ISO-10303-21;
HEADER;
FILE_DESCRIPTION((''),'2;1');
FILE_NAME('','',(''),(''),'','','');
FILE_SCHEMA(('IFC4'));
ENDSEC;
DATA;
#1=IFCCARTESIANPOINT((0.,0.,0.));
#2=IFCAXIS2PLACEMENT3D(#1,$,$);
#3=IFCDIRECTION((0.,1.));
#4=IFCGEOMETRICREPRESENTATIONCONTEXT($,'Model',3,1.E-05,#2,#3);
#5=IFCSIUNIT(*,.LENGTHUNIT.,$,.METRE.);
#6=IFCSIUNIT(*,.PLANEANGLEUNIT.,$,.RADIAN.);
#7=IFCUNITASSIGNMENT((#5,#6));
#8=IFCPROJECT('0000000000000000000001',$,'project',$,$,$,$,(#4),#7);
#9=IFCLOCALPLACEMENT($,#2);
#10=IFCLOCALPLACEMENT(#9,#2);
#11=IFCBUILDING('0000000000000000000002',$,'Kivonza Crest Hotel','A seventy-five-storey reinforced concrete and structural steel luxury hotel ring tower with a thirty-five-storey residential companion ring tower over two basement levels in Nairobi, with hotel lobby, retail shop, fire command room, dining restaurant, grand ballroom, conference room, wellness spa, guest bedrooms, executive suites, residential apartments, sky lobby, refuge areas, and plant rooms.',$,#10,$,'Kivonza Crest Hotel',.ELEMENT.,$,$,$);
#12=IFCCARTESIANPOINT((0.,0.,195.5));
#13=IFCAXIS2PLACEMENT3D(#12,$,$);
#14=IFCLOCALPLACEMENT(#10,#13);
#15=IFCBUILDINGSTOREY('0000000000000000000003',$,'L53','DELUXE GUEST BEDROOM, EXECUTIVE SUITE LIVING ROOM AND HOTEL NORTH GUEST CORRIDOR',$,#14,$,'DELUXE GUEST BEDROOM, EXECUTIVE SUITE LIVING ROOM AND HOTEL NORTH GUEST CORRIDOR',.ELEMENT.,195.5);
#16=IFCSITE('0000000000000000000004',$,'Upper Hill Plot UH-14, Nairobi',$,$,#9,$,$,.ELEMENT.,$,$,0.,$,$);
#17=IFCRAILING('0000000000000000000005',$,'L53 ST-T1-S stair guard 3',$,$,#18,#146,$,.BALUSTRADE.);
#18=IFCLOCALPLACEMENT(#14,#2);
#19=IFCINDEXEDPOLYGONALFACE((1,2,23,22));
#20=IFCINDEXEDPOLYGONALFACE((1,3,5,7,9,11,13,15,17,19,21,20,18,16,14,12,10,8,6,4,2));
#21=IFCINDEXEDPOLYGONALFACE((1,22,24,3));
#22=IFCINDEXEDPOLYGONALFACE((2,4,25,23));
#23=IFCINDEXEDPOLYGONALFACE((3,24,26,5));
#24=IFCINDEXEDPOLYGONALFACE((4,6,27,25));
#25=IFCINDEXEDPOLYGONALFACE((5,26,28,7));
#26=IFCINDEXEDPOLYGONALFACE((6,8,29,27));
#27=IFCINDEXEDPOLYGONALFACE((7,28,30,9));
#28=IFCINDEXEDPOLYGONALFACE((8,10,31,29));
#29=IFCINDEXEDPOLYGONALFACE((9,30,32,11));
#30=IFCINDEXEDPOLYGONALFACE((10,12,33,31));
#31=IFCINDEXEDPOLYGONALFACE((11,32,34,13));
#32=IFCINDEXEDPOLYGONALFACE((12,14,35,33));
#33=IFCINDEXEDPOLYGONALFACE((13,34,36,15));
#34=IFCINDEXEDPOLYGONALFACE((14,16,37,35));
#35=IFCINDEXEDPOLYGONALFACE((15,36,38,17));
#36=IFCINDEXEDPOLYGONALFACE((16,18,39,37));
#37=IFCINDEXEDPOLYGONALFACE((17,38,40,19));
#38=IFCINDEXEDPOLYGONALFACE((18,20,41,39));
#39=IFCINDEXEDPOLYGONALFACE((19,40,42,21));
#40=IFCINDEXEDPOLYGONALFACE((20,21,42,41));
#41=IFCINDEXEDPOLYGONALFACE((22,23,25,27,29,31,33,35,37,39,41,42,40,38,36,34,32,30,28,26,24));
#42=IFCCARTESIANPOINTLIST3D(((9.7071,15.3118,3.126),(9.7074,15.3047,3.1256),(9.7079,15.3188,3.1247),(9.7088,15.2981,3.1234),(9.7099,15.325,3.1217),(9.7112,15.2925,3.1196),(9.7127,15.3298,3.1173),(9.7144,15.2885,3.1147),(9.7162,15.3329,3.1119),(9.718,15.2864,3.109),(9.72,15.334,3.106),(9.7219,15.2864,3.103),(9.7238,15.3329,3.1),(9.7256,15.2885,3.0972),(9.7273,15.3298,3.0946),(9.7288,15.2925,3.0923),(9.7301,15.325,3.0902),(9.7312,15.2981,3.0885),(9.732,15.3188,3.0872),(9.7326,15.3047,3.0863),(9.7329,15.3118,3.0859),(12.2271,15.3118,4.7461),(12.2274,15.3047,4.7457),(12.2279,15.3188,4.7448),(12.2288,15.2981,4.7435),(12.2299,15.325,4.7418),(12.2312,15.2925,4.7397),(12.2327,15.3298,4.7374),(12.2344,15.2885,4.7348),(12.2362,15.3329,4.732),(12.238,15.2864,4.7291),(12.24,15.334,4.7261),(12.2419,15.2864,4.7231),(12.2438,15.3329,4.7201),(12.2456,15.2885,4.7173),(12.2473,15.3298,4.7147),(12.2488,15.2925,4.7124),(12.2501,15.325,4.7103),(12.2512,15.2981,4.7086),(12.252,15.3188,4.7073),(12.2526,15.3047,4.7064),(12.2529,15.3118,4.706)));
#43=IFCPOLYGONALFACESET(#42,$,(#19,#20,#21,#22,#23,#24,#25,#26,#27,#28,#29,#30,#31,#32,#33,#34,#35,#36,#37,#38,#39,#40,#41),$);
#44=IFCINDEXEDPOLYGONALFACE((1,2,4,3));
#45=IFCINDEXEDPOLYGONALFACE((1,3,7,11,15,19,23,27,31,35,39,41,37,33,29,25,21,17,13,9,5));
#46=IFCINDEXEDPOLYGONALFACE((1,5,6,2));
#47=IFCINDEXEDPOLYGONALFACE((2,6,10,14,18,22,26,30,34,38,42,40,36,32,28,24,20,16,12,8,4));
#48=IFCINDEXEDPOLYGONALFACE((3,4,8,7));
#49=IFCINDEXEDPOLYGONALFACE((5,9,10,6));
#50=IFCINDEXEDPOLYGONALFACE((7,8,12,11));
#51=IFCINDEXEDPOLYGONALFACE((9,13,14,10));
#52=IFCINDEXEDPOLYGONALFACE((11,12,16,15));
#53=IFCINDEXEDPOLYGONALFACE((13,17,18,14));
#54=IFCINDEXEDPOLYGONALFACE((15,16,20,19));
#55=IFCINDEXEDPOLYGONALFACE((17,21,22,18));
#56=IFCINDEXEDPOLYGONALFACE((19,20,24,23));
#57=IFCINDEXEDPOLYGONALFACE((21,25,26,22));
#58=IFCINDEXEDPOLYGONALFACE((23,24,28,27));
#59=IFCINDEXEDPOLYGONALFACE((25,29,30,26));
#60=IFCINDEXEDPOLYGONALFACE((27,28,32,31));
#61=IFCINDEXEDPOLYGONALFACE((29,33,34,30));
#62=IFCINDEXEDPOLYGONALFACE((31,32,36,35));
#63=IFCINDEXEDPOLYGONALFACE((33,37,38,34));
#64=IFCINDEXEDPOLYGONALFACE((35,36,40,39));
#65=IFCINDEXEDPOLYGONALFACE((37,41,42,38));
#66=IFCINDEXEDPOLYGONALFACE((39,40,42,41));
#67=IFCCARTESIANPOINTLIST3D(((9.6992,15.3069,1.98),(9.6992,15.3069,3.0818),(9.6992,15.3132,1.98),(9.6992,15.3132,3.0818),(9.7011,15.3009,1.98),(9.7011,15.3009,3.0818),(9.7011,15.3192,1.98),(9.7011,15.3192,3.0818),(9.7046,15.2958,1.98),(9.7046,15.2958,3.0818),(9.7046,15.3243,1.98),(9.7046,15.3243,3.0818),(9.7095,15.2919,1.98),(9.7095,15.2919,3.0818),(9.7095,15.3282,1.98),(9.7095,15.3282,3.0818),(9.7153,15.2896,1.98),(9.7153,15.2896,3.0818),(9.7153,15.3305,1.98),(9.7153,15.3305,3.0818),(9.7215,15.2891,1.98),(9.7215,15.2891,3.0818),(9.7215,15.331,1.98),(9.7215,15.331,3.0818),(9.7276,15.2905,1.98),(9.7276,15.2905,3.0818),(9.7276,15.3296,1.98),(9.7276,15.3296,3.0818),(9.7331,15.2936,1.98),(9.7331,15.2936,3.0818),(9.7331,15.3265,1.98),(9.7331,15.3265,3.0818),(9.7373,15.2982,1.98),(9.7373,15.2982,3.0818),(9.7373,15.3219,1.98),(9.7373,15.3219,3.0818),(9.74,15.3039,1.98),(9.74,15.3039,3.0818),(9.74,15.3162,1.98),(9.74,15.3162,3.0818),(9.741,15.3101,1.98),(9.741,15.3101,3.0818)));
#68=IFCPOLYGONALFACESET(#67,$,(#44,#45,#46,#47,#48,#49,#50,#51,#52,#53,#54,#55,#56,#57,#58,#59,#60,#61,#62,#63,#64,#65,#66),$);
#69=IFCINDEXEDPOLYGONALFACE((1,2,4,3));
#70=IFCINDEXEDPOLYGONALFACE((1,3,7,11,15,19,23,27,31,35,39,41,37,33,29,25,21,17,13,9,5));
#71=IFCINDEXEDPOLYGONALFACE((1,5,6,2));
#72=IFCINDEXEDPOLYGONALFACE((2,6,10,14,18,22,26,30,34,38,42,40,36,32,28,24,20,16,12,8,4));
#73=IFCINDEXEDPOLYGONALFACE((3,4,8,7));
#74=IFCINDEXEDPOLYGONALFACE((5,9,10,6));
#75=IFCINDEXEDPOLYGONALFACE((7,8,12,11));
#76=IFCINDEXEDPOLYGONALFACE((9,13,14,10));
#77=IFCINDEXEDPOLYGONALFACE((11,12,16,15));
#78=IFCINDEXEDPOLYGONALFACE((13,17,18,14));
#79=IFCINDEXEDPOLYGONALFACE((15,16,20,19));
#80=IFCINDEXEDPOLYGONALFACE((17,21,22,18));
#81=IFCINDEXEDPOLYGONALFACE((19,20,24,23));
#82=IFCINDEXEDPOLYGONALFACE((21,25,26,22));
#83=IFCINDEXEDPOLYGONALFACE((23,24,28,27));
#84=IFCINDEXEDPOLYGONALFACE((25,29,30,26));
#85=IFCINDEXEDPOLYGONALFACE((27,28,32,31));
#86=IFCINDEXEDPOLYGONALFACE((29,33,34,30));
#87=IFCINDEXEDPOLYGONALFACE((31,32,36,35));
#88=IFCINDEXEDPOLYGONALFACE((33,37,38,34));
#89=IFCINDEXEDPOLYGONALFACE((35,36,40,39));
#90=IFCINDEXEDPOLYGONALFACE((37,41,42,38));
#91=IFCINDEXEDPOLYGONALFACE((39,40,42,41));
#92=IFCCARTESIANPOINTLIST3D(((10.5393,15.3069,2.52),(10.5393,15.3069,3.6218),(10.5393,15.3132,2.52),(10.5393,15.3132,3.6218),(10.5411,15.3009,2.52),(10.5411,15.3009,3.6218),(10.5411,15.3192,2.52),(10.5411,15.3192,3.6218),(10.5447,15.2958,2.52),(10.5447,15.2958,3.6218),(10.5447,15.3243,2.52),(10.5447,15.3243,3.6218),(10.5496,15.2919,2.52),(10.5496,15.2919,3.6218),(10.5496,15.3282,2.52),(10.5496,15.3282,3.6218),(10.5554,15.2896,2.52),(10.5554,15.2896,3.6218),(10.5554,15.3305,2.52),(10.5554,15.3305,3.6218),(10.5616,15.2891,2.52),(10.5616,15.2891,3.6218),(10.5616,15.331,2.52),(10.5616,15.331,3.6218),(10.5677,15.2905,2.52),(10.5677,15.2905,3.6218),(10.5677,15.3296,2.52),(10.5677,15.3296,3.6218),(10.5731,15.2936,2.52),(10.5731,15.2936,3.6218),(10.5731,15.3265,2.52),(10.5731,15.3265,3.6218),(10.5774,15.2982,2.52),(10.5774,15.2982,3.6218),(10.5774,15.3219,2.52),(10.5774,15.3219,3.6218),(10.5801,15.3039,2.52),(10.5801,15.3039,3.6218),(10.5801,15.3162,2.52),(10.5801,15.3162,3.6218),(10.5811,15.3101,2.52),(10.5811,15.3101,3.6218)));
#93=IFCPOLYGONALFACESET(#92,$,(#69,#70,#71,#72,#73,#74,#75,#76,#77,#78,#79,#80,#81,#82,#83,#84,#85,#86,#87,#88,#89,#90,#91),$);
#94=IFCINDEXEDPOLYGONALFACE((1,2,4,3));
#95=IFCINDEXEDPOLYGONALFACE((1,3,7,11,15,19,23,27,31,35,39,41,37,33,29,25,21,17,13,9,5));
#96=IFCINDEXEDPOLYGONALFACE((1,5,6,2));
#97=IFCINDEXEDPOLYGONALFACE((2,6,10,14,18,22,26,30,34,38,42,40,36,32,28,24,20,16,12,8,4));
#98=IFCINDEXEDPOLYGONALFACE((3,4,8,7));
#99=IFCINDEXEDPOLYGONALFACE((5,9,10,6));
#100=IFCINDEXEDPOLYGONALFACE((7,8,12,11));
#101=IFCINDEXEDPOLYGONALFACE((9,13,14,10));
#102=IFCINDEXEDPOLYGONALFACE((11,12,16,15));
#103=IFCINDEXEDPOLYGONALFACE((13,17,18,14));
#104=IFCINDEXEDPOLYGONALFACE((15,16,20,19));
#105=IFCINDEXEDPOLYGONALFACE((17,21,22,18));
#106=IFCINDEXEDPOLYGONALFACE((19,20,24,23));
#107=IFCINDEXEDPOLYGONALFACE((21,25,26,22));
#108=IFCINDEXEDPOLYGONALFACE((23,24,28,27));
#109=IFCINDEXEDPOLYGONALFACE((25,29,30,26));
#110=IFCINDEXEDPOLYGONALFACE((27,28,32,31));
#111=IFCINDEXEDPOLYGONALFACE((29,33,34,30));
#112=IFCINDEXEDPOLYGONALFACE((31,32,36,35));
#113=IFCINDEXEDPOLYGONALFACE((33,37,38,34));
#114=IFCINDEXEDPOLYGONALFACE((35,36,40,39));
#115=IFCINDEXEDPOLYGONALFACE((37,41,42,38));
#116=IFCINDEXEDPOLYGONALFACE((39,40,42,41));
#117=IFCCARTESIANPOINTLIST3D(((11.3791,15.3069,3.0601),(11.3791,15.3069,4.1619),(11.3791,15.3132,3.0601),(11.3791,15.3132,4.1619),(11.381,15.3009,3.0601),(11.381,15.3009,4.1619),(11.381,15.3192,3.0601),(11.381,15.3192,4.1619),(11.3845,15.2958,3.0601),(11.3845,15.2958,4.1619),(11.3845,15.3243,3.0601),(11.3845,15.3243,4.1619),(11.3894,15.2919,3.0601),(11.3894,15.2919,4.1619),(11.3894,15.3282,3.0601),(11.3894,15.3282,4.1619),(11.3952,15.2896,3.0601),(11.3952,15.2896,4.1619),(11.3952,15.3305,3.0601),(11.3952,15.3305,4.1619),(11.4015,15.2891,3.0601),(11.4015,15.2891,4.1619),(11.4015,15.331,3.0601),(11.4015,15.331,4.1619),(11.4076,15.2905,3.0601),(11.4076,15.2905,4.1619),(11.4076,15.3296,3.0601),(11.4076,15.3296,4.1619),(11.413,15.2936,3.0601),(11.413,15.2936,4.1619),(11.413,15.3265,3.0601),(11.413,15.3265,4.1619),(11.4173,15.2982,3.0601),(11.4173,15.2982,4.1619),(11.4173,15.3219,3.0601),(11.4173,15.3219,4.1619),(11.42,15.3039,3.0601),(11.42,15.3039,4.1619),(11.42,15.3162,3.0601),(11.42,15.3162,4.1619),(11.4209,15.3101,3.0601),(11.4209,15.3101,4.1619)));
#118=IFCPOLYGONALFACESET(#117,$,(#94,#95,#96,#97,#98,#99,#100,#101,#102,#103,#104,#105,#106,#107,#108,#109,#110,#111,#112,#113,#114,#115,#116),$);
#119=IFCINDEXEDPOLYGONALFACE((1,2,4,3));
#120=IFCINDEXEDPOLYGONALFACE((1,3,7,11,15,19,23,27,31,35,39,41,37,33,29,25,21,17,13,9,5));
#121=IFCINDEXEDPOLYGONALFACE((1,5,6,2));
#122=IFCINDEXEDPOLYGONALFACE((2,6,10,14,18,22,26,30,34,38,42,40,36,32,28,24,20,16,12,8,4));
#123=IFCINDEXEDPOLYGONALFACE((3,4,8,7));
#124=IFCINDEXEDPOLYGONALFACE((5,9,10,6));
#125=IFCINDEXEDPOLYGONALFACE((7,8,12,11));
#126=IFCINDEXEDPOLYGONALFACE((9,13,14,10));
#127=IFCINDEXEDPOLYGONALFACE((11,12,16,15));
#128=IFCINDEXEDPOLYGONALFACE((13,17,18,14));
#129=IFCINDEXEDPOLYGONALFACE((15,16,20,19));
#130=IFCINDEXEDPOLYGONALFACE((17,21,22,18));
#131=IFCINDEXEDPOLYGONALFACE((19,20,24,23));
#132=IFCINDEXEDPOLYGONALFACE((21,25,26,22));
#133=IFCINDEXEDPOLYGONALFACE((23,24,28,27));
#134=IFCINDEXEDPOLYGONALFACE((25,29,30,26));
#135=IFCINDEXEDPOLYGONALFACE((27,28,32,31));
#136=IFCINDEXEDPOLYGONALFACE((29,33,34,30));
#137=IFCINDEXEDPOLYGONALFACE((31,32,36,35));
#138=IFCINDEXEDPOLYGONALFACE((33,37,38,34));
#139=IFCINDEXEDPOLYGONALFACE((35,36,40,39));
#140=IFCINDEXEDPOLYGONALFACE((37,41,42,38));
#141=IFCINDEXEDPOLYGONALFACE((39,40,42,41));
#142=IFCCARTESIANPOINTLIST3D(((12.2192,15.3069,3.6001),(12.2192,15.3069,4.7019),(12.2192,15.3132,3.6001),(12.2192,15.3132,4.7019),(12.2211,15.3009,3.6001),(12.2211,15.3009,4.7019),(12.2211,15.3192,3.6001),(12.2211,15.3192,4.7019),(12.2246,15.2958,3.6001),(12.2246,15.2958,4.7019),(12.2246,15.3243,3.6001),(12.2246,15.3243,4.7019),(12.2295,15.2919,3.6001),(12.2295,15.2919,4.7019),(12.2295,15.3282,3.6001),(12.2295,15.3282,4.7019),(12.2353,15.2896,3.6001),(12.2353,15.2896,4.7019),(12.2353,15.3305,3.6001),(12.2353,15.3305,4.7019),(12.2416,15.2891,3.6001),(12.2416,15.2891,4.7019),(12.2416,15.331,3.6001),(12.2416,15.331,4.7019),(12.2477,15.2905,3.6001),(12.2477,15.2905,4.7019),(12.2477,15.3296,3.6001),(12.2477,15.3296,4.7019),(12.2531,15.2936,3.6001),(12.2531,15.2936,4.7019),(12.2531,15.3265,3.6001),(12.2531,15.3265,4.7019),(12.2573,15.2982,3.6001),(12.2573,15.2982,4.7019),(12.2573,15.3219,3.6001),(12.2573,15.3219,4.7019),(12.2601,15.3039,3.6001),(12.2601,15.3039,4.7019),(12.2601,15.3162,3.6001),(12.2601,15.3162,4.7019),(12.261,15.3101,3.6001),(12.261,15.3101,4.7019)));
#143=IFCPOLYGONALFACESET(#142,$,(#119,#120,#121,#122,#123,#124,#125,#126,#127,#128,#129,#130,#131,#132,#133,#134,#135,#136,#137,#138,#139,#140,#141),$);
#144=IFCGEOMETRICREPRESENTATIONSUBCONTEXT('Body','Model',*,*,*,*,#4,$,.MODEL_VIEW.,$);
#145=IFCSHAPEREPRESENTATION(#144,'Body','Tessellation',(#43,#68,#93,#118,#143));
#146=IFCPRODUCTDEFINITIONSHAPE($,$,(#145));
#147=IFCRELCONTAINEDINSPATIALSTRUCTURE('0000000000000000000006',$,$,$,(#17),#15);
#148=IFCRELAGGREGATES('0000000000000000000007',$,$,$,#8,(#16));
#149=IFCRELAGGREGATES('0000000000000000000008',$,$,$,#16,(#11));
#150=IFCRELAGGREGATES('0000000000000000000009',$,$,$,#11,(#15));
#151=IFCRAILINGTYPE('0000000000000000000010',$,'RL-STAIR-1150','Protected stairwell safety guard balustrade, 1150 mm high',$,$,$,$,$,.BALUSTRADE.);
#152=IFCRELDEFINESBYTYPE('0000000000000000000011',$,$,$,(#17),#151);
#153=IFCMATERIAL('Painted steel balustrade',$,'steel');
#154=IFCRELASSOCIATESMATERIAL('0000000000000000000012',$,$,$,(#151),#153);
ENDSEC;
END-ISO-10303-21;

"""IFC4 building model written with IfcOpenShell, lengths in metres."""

from ifc_helpers import new_model, si_unit, direction, frame, origin, origin_2d, place, context, subcontext, project, spatial, circle, extrude, material, type_object, element, save


model = new_model("IFC4")

# Units and contexts
model_context = context("Model", 3, precision=1e-05, world=origin(), true_north=direction((0.0, 1.0)))
body_context = subcontext(model_context, "Body", "Model", "MODEL_VIEW")
ifc_project = project(units=[si_unit("LENGTHUNIT", "METRE"), si_unit("PLANEANGLEUNIT", "RADIAN")], contexts=[model_context])

# Site, building, storey
site_placement = place(None, origin())
site = spatial("IfcSite", under=ifc_project, at=site_placement, Name="Upper Hill Plot UH-14, Nairobi", CompositionType="ELEMENT", RefElevation=0.0)
building_placement = place(site_placement, origin())
building = spatial("IfcBuilding", under=site, at=building_placement, Name="Kivonza Crest Hotel", Description="A seventy-five-storey reinforced concrete and structural steel luxury hotel ring tower with a thirty-five-storey residential companion ring tower over two basement levels in Nairobi, with hotel lobby, retail shop, fire command room, dining restaurant, grand ballroom, conference room, wellness spa, guest bedrooms, executive suites, residential apartments, sky lobby, refuge areas, and plant rooms.", LongName="Kivonza Crest Hotel", CompositionType="ELEMENT")
storey_placement = place(building_placement, frame((0.0, 0.0, 195.5)))
storey = spatial("IfcBuildingStorey", under=building, at=storey_placement, Name="L53", Description="DELUXE GUEST BEDROOM, EXECUTIVE SUITE LIVING ROOM AND HOTEL NORTH GUEST CORRIDOR", LongName="DELUXE GUEST BEDROOM, EXECUTIVE SUITE LIVING ROOM AND HOTEL NORTH GUEST CORRIDOR", CompositionType="ELEMENT", Elevation=195.5)

# Railing
ifc_material_1 = material(Name="Painted steel balustrade", Category="steel")
railing_type_1 = type_object("IfcRailingType", Name="RL-STAIR-1150", Description="Protected stairwell safety guard balustrade, 1150 mm high", PredefinedType="BALUSTRADE", material=ifc_material_1)
railing_1_placement = place(storey_placement, frame((9.72, 15.3101, 1.98)))
element("IfcRailing", 1, at=railing_1_placement, inside=storey, type_object=railing_type_1, Name="L53 ST-T1-S stair guard 3", PredefinedType="BALUSTRADE", context=body_context, shape_type="SweptSolid", body=[
    extrude(circle(Radius=0.0239, at=origin_2d()), frame((0.0, 0.0, 1.126), z_axis=(0.841163, 0.0, 0.540782), x_axis=(0.0, 1.0, 0.0)), (0.0, 0.0, 1.0), 2.9958),
    extrude(circle(Radius=0.021, at=origin_2d()), origin(), (0.0, 0.0, 1.0), 1.1018),
    extrude(circle(Radius=0.021, at=origin_2d()), frame((0.8401, 0.0, 0.54)), (0.0, 0.0, 1.0), 1.1018),
    extrude(circle(Radius=0.021, at=origin_2d()), frame((1.6799, 0.0, 1.0801)), (0.0, 0.0, 1.0), 1.1018),
    extrude(circle(Radius=0.021, at=origin_2d()), frame((2.52, 0.0, 1.6201)), (0.0, 0.0, 1.0), 1.1018),
])

save(model, "model.ifc")
